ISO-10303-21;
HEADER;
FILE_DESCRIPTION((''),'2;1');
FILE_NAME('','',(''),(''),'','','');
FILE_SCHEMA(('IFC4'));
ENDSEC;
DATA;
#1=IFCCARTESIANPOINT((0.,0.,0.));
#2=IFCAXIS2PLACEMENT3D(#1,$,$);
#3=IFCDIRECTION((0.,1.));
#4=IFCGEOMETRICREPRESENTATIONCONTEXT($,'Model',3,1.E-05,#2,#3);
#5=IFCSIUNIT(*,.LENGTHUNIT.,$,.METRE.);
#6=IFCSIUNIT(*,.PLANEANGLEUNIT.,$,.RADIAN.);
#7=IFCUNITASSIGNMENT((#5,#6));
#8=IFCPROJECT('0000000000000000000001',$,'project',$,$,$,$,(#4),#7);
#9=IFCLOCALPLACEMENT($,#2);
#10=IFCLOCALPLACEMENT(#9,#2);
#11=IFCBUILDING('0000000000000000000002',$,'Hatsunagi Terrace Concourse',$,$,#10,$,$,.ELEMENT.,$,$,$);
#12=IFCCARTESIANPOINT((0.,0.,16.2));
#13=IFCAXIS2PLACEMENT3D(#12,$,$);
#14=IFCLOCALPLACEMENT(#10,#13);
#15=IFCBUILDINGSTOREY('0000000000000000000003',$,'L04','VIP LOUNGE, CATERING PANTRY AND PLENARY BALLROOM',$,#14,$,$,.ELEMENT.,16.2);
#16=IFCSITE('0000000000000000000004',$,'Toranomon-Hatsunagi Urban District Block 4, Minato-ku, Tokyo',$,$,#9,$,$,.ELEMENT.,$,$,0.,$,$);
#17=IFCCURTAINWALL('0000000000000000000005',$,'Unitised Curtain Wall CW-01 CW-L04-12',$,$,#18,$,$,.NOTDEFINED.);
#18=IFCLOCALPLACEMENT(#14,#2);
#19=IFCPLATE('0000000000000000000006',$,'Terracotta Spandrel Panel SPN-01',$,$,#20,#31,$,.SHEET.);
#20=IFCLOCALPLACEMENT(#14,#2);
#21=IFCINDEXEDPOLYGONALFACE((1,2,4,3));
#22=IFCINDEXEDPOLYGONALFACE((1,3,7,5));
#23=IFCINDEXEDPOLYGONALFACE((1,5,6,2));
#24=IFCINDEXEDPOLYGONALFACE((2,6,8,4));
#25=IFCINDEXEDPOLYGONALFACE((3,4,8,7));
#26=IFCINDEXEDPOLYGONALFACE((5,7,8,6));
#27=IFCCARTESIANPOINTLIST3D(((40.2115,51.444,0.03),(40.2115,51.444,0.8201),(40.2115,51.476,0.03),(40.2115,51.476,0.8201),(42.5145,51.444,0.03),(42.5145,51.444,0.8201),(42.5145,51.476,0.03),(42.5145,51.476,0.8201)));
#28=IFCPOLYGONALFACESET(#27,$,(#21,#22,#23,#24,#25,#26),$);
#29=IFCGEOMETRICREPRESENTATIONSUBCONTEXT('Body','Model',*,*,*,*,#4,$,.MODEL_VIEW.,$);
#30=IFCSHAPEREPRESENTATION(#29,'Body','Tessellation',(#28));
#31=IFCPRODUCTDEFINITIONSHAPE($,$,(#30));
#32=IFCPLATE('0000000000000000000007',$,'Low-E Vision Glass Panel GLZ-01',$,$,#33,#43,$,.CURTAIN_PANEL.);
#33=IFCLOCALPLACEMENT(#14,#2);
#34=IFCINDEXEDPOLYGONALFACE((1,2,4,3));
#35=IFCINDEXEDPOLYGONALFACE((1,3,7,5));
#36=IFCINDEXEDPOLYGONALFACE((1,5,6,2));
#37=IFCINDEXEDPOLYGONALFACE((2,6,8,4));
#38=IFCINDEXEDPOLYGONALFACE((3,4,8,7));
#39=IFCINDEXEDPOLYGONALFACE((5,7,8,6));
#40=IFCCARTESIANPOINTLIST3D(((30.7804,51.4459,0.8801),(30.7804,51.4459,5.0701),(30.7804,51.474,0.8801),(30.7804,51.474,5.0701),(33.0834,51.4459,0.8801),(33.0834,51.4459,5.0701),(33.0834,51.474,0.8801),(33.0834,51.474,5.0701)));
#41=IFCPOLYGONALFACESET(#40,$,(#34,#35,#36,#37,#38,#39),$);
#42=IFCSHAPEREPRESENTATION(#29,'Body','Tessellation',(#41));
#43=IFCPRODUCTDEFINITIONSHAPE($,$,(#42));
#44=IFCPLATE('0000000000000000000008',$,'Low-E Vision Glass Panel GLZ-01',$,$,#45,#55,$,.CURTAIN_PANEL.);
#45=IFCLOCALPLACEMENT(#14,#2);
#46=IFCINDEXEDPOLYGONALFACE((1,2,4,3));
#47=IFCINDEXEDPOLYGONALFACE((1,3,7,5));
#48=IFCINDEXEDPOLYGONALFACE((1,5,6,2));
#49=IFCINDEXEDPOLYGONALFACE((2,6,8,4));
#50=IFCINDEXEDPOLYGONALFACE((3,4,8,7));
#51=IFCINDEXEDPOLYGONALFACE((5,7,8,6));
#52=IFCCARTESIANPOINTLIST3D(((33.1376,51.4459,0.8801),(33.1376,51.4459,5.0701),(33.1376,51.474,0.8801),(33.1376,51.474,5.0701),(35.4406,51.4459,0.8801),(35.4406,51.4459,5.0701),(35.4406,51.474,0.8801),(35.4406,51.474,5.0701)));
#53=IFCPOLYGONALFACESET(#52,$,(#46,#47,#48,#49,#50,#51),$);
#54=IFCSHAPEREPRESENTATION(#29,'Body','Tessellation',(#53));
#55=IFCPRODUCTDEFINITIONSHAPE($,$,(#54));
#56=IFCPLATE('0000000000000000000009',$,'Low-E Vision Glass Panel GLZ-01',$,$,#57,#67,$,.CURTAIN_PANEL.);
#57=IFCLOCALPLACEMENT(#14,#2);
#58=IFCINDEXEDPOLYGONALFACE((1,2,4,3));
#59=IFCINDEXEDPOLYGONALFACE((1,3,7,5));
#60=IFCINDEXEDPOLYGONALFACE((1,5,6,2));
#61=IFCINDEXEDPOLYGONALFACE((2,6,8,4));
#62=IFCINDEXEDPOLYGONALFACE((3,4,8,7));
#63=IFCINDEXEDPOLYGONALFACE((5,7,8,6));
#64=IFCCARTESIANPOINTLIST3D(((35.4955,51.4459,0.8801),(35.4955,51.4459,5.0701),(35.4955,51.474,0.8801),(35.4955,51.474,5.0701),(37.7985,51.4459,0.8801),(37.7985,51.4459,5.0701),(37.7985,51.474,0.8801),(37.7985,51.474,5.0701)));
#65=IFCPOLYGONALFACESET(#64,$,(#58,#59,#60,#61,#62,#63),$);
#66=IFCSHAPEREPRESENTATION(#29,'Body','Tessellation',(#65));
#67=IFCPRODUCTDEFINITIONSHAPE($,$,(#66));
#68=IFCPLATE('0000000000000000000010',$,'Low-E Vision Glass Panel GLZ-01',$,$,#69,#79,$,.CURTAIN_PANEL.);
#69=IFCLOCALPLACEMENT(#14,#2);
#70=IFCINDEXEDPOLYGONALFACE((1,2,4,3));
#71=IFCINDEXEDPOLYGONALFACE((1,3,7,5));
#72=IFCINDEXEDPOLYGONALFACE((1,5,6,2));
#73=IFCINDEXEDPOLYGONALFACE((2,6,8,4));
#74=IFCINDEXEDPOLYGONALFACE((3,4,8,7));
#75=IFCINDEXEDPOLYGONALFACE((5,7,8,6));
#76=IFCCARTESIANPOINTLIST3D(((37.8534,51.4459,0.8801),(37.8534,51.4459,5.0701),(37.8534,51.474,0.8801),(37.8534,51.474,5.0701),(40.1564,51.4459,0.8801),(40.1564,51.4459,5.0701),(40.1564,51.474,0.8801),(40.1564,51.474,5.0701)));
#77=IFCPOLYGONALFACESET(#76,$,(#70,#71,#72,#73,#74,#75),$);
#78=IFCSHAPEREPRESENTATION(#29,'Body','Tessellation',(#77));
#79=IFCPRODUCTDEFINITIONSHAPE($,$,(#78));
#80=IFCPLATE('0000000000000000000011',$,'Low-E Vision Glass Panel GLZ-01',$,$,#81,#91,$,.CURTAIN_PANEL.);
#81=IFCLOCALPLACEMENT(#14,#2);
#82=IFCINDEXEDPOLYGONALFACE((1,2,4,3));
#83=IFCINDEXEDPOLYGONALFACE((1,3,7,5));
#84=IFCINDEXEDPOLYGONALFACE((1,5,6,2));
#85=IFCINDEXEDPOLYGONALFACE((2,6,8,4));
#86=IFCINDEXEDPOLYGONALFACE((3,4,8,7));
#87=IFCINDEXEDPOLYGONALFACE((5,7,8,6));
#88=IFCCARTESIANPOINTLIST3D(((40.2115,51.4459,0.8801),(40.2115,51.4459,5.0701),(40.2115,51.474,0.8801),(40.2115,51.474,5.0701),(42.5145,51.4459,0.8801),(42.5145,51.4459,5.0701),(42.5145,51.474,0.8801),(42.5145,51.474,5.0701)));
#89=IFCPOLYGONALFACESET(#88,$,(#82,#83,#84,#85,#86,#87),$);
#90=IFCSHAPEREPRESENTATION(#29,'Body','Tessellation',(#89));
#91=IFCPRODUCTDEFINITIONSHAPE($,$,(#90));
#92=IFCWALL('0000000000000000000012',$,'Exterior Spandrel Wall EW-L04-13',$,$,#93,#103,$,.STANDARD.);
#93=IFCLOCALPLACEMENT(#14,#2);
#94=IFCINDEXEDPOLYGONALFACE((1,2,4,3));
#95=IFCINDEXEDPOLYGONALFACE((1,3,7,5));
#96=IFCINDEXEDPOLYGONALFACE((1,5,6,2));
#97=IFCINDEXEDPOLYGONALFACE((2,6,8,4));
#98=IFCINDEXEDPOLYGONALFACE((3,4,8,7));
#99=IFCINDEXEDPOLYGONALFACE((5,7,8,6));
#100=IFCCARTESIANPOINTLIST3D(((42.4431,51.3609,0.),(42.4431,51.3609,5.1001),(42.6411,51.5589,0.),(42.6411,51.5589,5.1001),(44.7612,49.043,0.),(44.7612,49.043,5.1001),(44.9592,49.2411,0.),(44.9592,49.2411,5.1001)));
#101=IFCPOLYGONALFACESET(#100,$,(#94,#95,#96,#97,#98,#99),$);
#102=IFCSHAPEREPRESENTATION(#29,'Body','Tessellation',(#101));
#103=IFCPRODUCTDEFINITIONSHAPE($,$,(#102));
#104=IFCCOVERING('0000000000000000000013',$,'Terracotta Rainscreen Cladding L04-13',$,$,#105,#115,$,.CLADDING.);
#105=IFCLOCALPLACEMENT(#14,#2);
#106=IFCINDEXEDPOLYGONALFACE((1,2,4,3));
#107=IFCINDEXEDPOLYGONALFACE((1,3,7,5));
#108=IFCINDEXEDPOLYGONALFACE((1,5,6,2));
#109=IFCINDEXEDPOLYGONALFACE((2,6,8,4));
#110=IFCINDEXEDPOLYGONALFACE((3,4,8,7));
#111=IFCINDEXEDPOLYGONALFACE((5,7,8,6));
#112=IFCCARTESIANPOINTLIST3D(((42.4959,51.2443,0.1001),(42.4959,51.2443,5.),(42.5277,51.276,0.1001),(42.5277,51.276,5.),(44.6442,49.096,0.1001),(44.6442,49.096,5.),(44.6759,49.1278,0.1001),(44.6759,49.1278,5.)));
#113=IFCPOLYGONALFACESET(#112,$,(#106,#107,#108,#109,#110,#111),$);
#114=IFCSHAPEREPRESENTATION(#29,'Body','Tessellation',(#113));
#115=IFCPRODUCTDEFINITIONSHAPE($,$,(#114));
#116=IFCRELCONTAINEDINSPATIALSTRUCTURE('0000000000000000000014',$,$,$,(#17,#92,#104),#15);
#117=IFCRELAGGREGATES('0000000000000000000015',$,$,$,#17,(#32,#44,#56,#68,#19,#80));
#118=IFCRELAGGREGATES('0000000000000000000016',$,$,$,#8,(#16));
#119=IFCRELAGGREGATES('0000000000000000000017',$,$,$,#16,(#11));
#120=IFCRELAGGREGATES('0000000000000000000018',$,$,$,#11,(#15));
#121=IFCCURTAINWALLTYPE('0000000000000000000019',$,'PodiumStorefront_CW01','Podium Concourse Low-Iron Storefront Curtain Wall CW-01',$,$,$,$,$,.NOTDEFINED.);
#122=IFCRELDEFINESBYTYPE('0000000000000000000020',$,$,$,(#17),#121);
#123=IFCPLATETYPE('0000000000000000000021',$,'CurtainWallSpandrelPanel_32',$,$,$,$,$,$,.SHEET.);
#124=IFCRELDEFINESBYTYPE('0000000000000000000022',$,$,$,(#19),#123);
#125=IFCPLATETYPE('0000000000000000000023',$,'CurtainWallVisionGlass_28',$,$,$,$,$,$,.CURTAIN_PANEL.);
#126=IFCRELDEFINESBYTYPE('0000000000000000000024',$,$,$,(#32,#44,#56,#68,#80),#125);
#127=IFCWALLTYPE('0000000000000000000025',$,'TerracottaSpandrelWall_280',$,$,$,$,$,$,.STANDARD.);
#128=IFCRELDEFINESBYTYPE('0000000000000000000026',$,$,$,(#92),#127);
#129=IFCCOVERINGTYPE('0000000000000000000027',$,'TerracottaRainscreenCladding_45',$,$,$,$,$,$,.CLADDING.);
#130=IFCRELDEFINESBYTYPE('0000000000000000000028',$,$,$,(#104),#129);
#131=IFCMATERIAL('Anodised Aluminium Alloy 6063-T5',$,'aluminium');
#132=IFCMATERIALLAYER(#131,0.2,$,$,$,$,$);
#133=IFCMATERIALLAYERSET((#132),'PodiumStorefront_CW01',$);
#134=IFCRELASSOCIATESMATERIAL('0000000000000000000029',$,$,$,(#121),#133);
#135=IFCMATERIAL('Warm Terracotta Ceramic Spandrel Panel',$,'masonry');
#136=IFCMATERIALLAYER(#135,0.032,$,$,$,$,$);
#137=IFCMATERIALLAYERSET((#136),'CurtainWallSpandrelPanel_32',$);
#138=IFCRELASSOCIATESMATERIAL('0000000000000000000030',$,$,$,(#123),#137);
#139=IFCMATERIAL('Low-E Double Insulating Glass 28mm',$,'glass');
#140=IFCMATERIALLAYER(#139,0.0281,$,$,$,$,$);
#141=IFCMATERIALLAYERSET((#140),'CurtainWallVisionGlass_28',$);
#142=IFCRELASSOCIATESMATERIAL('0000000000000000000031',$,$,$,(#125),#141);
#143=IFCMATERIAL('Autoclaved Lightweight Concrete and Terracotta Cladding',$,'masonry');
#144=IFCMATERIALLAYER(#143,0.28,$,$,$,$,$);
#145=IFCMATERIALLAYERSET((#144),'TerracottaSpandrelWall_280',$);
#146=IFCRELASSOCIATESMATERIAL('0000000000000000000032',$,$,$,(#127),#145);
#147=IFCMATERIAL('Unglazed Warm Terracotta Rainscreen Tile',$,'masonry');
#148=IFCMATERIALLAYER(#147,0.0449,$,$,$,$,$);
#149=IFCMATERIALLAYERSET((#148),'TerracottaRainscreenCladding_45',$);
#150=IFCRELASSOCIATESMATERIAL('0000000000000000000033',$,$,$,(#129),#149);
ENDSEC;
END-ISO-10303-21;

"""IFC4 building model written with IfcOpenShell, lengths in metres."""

from ifc_helpers import new_model, si_unit, direction, frame, frame_2d, origin, origin_2d, place, context, subcontext, project, spatial, rectangle, extrude, material, layer, layer_set, type_object, element, aggregate, save


model = new_model("IFC4")

# Units and contexts
model_context = context("Model", 3, precision=1e-05, world=origin(), true_north=direction((0.0, 1.0)))
body_context = subcontext(model_context, "Body", "Model", "MODEL_VIEW")
ifc_project = project(units=[si_unit("LENGTHUNIT", "METRE"), si_unit("PLANEANGLEUNIT", "RADIAN")], contexts=[model_context])

# Site, building, storey
site_placement = place(None, origin())
site = spatial("IfcSite", under=ifc_project, at=site_placement, Name="Toranomon-Hatsunagi Urban District Block 4, Minato-ku, Tokyo", CompositionType="ELEMENT", RefElevation=0.0)
building_placement = place(site_placement, origin())
building = spatial("IfcBuilding", under=site, at=building_placement, Name="Hatsunagi Terrace Concourse", CompositionType="ELEMENT")
storey_placement = place(building_placement, frame((0.0, 0.0, 16.2)))
storey = spatial("IfcBuildingStorey", under=building, at=storey_placement, Name="L04", Description="VIP LOUNGE, CATERING PANTRY AND PLENARY BALLROOM", CompositionType="ELEMENT", Elevation=16.2)

# Curtain wall
ifc_material_1 = material(Name="Anodised Aluminium Alloy 6063-T5", Category="aluminium")
ifc_layer_1 = layer(ifc_material_1, 0.2)
ifc_layer_set_1 = layer_set([ifc_layer_1], Name="PodiumStorefront_CW01")
curtain_wall_type = type_object("IfcCurtainWallType", Name="PodiumStorefront_CW01", Description="Podium Concourse Low-Iron Storefront Curtain Wall CW-01", PredefinedType="NOTDEFINED", material=ifc_layer_set_1)
curtain_wall_placement = place(storey_placement, origin())
curtain_wall = element("IfcCurtainWall", 1, at=curtain_wall_placement, inside=storey, type_object=curtain_wall_type, Name="Unitised Curtain Wall CW-01 CW-L04-12", PredefinedType="NOTDEFINED")

# Plates
ifc_material_2 = material(Name="Warm Terracotta Ceramic Spandrel Panel", Category="masonry")
ifc_layer_2 = layer(ifc_material_2, 0.032)
ifc_layer_set_2 = layer_set([ifc_layer_2], Name="CurtainWallSpandrelPanel_32")
plate_type_1 = type_object("IfcPlateType", Name="CurtainWallSpandrelPanel_32", PredefinedType="SHEET", material=ifc_layer_set_2)
plate_1_placement = place(storey_placement, frame((41.363, 51.46, 0.03), z_axis=(0.0, 0.0, 1.0), x_axis=(1.0, 0.0, 0.0)))
plate_1 = element("IfcPlate", 2, at=plate_1_placement, type_object=plate_type_1, Name="Terracotta Spandrel Panel SPN-01", PredefinedType="SHEET", context=body_context, shape_type="SweptSolid", body=[
    extrude(rectangle(XDim=2.303, YDim=0.032, at=origin_2d()), origin(), (0.0, 0.0, 1.0), 0.79),
])
ifc_material_3 = material(Name="Low-E Double Insulating Glass 28mm", Category="glass")
ifc_layer_3 = layer(ifc_material_3, 0.0281)
ifc_layer_set_3 = layer_set([ifc_layer_3], Name="CurtainWallVisionGlass_28")
plate_type_2 = type_object("IfcPlateType", Name="CurtainWallVisionGlass_28", PredefinedType="CURTAIN_PANEL", material=ifc_layer_set_3)
plate_2_placement = place(storey_placement, frame((31.9319, 51.46, 0.8801), z_axis=(0.0, 0.0, 1.0), x_axis=(1.0, 0.0, 0.0)))
plate_2 = element("IfcPlate", 3, at=plate_2_placement, type_object=plate_type_2, Name="Low-E Vision Glass Panel GLZ-01", PredefinedType="CURTAIN_PANEL", context=body_context, shape_type="SweptSolid", body=[
    extrude(rectangle(XDim=2.303, YDim=0.0281, at=origin_2d()), origin(), (0.0, 0.0, 1.0), 4.1899),
])
plate_3_placement = place(storey_placement, frame((34.2891, 51.46, 0.8801), z_axis=(0.0, 0.0, 1.0), x_axis=(1.0, 0.0, 0.0)))
plate_3 = element("IfcPlate", 4, at=plate_3_placement, type_object=plate_type_2, Name="Low-E Vision Glass Panel GLZ-01", PredefinedType="CURTAIN_PANEL", context=body_context, shape_type="SweptSolid", body=[
    extrude(rectangle(XDim=2.303, YDim=0.0281, at=origin_2d()), origin(), (0.0, 0.0, 1.0), 4.1899),
])
plate_4_placement = place(storey_placement, frame((36.647, 51.46, 0.8801), z_axis=(0.0, 0.0, 1.0), x_axis=(1.0, 0.0, 0.0)))
plate_4 = element("IfcPlate", 5, at=plate_4_placement, type_object=plate_type_2, Name="Low-E Vision Glass Panel GLZ-01", PredefinedType="CURTAIN_PANEL", context=body_context, shape_type="SweptSolid", body=[
    extrude(rectangle(XDim=2.303, YDim=0.0281, at=origin_2d()), origin(), (0.0, 0.0, 1.0), 4.1899),
])
plate_5_placement = place(storey_placement, frame((39.0049, 51.46, 0.8801), z_axis=(0.0, 0.0, 1.0), x_axis=(1.0, 0.0, 0.0)))
plate_5 = element("IfcPlate", 6, at=plate_5_placement, type_object=plate_type_2, Name="Low-E Vision Glass Panel GLZ-01", PredefinedType="CURTAIN_PANEL", context=body_context, shape_type="SweptSolid", body=[
    extrude(rectangle(XDim=2.303, YDim=0.0281, at=origin_2d()), origin(), (0.0, 0.0, 1.0), 4.1899),
])
plate_6_placement = place(storey_placement, frame((41.363, 51.46, 0.8801), z_axis=(0.0, 0.0, 1.0), x_axis=(1.0, 0.0, 0.0)))
plate_6 = element("IfcPlate", 7, at=plate_6_placement, type_object=plate_type_2, Name="Low-E Vision Glass Panel GLZ-01", PredefinedType="CURTAIN_PANEL", context=body_context, shape_type="SweptSolid", body=[
    extrude(rectangle(XDim=2.303, YDim=0.0281, at=origin_2d()), origin(), (0.0, 0.0, 1.0), 4.1899),
])
aggregate(curtain_wall, [plate_2, plate_3, plate_4, plate_5, plate_1, plate_6])

# Wall
ifc_material_4 = material(Name="Autoclaved Lightweight Concrete and Terracotta Cladding", Category="masonry")
ifc_layer_4 = layer(ifc_material_4, 0.28)
ifc_layer_set_4 = layer_set([ifc_layer_4], Name="TerracottaSpandrelWall_280")
wall_type = type_object("IfcWallType", Name="TerracottaSpandrelWall_280", PredefinedType="STANDARD", material=ifc_layer_set_4)
wall_placement = place(storey_placement, frame((42.542, 51.46, 0.0), z_axis=(0.0, 0.0, 1.0), x_axis=(0.707144, -0.70707, 0.0)))
element("IfcWall", 8, at=wall_placement, inside=storey, type_object=wall_type, Name="Exterior Spandrel Wall EW-L04-13", PredefinedType="STANDARD", context=body_context, shape_type="SweptSolid", body=[
    extrude(rectangle(XDim=3.2781, YDim=0.28, at=frame_2d((1.6392, 0.0))), origin(), (0.0, 0.0, 1.0), 5.1001),
])

# Covering
ifc_material_5 = material(Name="Unglazed Warm Terracotta Rainscreen Tile", Category="masonry")
ifc_layer_5 = layer(ifc_material_5, 0.0449)
ifc_layer_set_5 = layer_set([ifc_layer_5], Name="TerracottaRainscreenCladding_45")
covering_type = type_object("IfcCoveringType", Name="TerracottaRainscreenCladding_45", PredefinedType="CLADDING", material=ifc_layer_set_5)
covering_placement = place(storey_placement, frame((43.5859, 50.186, 0.1001), z_axis=(0.0, 0.0, 1.0), x_axis=(0.707107, -0.707107, 0.0)))
element("IfcCovering", 9, at=covering_placement, inside=storey, type_object=covering_type, Name="Terracotta Rainscreen Cladding L04-13", PredefinedType="CLADDING", context=body_context, shape_type="SweptSolid", body=[
    extrude(rectangle(XDim=3.0381, YDim=0.0449, at=origin_2d()), origin(), (0.0, 0.0, 1.0), 4.8999),
])

save(model, "model.ifc")
